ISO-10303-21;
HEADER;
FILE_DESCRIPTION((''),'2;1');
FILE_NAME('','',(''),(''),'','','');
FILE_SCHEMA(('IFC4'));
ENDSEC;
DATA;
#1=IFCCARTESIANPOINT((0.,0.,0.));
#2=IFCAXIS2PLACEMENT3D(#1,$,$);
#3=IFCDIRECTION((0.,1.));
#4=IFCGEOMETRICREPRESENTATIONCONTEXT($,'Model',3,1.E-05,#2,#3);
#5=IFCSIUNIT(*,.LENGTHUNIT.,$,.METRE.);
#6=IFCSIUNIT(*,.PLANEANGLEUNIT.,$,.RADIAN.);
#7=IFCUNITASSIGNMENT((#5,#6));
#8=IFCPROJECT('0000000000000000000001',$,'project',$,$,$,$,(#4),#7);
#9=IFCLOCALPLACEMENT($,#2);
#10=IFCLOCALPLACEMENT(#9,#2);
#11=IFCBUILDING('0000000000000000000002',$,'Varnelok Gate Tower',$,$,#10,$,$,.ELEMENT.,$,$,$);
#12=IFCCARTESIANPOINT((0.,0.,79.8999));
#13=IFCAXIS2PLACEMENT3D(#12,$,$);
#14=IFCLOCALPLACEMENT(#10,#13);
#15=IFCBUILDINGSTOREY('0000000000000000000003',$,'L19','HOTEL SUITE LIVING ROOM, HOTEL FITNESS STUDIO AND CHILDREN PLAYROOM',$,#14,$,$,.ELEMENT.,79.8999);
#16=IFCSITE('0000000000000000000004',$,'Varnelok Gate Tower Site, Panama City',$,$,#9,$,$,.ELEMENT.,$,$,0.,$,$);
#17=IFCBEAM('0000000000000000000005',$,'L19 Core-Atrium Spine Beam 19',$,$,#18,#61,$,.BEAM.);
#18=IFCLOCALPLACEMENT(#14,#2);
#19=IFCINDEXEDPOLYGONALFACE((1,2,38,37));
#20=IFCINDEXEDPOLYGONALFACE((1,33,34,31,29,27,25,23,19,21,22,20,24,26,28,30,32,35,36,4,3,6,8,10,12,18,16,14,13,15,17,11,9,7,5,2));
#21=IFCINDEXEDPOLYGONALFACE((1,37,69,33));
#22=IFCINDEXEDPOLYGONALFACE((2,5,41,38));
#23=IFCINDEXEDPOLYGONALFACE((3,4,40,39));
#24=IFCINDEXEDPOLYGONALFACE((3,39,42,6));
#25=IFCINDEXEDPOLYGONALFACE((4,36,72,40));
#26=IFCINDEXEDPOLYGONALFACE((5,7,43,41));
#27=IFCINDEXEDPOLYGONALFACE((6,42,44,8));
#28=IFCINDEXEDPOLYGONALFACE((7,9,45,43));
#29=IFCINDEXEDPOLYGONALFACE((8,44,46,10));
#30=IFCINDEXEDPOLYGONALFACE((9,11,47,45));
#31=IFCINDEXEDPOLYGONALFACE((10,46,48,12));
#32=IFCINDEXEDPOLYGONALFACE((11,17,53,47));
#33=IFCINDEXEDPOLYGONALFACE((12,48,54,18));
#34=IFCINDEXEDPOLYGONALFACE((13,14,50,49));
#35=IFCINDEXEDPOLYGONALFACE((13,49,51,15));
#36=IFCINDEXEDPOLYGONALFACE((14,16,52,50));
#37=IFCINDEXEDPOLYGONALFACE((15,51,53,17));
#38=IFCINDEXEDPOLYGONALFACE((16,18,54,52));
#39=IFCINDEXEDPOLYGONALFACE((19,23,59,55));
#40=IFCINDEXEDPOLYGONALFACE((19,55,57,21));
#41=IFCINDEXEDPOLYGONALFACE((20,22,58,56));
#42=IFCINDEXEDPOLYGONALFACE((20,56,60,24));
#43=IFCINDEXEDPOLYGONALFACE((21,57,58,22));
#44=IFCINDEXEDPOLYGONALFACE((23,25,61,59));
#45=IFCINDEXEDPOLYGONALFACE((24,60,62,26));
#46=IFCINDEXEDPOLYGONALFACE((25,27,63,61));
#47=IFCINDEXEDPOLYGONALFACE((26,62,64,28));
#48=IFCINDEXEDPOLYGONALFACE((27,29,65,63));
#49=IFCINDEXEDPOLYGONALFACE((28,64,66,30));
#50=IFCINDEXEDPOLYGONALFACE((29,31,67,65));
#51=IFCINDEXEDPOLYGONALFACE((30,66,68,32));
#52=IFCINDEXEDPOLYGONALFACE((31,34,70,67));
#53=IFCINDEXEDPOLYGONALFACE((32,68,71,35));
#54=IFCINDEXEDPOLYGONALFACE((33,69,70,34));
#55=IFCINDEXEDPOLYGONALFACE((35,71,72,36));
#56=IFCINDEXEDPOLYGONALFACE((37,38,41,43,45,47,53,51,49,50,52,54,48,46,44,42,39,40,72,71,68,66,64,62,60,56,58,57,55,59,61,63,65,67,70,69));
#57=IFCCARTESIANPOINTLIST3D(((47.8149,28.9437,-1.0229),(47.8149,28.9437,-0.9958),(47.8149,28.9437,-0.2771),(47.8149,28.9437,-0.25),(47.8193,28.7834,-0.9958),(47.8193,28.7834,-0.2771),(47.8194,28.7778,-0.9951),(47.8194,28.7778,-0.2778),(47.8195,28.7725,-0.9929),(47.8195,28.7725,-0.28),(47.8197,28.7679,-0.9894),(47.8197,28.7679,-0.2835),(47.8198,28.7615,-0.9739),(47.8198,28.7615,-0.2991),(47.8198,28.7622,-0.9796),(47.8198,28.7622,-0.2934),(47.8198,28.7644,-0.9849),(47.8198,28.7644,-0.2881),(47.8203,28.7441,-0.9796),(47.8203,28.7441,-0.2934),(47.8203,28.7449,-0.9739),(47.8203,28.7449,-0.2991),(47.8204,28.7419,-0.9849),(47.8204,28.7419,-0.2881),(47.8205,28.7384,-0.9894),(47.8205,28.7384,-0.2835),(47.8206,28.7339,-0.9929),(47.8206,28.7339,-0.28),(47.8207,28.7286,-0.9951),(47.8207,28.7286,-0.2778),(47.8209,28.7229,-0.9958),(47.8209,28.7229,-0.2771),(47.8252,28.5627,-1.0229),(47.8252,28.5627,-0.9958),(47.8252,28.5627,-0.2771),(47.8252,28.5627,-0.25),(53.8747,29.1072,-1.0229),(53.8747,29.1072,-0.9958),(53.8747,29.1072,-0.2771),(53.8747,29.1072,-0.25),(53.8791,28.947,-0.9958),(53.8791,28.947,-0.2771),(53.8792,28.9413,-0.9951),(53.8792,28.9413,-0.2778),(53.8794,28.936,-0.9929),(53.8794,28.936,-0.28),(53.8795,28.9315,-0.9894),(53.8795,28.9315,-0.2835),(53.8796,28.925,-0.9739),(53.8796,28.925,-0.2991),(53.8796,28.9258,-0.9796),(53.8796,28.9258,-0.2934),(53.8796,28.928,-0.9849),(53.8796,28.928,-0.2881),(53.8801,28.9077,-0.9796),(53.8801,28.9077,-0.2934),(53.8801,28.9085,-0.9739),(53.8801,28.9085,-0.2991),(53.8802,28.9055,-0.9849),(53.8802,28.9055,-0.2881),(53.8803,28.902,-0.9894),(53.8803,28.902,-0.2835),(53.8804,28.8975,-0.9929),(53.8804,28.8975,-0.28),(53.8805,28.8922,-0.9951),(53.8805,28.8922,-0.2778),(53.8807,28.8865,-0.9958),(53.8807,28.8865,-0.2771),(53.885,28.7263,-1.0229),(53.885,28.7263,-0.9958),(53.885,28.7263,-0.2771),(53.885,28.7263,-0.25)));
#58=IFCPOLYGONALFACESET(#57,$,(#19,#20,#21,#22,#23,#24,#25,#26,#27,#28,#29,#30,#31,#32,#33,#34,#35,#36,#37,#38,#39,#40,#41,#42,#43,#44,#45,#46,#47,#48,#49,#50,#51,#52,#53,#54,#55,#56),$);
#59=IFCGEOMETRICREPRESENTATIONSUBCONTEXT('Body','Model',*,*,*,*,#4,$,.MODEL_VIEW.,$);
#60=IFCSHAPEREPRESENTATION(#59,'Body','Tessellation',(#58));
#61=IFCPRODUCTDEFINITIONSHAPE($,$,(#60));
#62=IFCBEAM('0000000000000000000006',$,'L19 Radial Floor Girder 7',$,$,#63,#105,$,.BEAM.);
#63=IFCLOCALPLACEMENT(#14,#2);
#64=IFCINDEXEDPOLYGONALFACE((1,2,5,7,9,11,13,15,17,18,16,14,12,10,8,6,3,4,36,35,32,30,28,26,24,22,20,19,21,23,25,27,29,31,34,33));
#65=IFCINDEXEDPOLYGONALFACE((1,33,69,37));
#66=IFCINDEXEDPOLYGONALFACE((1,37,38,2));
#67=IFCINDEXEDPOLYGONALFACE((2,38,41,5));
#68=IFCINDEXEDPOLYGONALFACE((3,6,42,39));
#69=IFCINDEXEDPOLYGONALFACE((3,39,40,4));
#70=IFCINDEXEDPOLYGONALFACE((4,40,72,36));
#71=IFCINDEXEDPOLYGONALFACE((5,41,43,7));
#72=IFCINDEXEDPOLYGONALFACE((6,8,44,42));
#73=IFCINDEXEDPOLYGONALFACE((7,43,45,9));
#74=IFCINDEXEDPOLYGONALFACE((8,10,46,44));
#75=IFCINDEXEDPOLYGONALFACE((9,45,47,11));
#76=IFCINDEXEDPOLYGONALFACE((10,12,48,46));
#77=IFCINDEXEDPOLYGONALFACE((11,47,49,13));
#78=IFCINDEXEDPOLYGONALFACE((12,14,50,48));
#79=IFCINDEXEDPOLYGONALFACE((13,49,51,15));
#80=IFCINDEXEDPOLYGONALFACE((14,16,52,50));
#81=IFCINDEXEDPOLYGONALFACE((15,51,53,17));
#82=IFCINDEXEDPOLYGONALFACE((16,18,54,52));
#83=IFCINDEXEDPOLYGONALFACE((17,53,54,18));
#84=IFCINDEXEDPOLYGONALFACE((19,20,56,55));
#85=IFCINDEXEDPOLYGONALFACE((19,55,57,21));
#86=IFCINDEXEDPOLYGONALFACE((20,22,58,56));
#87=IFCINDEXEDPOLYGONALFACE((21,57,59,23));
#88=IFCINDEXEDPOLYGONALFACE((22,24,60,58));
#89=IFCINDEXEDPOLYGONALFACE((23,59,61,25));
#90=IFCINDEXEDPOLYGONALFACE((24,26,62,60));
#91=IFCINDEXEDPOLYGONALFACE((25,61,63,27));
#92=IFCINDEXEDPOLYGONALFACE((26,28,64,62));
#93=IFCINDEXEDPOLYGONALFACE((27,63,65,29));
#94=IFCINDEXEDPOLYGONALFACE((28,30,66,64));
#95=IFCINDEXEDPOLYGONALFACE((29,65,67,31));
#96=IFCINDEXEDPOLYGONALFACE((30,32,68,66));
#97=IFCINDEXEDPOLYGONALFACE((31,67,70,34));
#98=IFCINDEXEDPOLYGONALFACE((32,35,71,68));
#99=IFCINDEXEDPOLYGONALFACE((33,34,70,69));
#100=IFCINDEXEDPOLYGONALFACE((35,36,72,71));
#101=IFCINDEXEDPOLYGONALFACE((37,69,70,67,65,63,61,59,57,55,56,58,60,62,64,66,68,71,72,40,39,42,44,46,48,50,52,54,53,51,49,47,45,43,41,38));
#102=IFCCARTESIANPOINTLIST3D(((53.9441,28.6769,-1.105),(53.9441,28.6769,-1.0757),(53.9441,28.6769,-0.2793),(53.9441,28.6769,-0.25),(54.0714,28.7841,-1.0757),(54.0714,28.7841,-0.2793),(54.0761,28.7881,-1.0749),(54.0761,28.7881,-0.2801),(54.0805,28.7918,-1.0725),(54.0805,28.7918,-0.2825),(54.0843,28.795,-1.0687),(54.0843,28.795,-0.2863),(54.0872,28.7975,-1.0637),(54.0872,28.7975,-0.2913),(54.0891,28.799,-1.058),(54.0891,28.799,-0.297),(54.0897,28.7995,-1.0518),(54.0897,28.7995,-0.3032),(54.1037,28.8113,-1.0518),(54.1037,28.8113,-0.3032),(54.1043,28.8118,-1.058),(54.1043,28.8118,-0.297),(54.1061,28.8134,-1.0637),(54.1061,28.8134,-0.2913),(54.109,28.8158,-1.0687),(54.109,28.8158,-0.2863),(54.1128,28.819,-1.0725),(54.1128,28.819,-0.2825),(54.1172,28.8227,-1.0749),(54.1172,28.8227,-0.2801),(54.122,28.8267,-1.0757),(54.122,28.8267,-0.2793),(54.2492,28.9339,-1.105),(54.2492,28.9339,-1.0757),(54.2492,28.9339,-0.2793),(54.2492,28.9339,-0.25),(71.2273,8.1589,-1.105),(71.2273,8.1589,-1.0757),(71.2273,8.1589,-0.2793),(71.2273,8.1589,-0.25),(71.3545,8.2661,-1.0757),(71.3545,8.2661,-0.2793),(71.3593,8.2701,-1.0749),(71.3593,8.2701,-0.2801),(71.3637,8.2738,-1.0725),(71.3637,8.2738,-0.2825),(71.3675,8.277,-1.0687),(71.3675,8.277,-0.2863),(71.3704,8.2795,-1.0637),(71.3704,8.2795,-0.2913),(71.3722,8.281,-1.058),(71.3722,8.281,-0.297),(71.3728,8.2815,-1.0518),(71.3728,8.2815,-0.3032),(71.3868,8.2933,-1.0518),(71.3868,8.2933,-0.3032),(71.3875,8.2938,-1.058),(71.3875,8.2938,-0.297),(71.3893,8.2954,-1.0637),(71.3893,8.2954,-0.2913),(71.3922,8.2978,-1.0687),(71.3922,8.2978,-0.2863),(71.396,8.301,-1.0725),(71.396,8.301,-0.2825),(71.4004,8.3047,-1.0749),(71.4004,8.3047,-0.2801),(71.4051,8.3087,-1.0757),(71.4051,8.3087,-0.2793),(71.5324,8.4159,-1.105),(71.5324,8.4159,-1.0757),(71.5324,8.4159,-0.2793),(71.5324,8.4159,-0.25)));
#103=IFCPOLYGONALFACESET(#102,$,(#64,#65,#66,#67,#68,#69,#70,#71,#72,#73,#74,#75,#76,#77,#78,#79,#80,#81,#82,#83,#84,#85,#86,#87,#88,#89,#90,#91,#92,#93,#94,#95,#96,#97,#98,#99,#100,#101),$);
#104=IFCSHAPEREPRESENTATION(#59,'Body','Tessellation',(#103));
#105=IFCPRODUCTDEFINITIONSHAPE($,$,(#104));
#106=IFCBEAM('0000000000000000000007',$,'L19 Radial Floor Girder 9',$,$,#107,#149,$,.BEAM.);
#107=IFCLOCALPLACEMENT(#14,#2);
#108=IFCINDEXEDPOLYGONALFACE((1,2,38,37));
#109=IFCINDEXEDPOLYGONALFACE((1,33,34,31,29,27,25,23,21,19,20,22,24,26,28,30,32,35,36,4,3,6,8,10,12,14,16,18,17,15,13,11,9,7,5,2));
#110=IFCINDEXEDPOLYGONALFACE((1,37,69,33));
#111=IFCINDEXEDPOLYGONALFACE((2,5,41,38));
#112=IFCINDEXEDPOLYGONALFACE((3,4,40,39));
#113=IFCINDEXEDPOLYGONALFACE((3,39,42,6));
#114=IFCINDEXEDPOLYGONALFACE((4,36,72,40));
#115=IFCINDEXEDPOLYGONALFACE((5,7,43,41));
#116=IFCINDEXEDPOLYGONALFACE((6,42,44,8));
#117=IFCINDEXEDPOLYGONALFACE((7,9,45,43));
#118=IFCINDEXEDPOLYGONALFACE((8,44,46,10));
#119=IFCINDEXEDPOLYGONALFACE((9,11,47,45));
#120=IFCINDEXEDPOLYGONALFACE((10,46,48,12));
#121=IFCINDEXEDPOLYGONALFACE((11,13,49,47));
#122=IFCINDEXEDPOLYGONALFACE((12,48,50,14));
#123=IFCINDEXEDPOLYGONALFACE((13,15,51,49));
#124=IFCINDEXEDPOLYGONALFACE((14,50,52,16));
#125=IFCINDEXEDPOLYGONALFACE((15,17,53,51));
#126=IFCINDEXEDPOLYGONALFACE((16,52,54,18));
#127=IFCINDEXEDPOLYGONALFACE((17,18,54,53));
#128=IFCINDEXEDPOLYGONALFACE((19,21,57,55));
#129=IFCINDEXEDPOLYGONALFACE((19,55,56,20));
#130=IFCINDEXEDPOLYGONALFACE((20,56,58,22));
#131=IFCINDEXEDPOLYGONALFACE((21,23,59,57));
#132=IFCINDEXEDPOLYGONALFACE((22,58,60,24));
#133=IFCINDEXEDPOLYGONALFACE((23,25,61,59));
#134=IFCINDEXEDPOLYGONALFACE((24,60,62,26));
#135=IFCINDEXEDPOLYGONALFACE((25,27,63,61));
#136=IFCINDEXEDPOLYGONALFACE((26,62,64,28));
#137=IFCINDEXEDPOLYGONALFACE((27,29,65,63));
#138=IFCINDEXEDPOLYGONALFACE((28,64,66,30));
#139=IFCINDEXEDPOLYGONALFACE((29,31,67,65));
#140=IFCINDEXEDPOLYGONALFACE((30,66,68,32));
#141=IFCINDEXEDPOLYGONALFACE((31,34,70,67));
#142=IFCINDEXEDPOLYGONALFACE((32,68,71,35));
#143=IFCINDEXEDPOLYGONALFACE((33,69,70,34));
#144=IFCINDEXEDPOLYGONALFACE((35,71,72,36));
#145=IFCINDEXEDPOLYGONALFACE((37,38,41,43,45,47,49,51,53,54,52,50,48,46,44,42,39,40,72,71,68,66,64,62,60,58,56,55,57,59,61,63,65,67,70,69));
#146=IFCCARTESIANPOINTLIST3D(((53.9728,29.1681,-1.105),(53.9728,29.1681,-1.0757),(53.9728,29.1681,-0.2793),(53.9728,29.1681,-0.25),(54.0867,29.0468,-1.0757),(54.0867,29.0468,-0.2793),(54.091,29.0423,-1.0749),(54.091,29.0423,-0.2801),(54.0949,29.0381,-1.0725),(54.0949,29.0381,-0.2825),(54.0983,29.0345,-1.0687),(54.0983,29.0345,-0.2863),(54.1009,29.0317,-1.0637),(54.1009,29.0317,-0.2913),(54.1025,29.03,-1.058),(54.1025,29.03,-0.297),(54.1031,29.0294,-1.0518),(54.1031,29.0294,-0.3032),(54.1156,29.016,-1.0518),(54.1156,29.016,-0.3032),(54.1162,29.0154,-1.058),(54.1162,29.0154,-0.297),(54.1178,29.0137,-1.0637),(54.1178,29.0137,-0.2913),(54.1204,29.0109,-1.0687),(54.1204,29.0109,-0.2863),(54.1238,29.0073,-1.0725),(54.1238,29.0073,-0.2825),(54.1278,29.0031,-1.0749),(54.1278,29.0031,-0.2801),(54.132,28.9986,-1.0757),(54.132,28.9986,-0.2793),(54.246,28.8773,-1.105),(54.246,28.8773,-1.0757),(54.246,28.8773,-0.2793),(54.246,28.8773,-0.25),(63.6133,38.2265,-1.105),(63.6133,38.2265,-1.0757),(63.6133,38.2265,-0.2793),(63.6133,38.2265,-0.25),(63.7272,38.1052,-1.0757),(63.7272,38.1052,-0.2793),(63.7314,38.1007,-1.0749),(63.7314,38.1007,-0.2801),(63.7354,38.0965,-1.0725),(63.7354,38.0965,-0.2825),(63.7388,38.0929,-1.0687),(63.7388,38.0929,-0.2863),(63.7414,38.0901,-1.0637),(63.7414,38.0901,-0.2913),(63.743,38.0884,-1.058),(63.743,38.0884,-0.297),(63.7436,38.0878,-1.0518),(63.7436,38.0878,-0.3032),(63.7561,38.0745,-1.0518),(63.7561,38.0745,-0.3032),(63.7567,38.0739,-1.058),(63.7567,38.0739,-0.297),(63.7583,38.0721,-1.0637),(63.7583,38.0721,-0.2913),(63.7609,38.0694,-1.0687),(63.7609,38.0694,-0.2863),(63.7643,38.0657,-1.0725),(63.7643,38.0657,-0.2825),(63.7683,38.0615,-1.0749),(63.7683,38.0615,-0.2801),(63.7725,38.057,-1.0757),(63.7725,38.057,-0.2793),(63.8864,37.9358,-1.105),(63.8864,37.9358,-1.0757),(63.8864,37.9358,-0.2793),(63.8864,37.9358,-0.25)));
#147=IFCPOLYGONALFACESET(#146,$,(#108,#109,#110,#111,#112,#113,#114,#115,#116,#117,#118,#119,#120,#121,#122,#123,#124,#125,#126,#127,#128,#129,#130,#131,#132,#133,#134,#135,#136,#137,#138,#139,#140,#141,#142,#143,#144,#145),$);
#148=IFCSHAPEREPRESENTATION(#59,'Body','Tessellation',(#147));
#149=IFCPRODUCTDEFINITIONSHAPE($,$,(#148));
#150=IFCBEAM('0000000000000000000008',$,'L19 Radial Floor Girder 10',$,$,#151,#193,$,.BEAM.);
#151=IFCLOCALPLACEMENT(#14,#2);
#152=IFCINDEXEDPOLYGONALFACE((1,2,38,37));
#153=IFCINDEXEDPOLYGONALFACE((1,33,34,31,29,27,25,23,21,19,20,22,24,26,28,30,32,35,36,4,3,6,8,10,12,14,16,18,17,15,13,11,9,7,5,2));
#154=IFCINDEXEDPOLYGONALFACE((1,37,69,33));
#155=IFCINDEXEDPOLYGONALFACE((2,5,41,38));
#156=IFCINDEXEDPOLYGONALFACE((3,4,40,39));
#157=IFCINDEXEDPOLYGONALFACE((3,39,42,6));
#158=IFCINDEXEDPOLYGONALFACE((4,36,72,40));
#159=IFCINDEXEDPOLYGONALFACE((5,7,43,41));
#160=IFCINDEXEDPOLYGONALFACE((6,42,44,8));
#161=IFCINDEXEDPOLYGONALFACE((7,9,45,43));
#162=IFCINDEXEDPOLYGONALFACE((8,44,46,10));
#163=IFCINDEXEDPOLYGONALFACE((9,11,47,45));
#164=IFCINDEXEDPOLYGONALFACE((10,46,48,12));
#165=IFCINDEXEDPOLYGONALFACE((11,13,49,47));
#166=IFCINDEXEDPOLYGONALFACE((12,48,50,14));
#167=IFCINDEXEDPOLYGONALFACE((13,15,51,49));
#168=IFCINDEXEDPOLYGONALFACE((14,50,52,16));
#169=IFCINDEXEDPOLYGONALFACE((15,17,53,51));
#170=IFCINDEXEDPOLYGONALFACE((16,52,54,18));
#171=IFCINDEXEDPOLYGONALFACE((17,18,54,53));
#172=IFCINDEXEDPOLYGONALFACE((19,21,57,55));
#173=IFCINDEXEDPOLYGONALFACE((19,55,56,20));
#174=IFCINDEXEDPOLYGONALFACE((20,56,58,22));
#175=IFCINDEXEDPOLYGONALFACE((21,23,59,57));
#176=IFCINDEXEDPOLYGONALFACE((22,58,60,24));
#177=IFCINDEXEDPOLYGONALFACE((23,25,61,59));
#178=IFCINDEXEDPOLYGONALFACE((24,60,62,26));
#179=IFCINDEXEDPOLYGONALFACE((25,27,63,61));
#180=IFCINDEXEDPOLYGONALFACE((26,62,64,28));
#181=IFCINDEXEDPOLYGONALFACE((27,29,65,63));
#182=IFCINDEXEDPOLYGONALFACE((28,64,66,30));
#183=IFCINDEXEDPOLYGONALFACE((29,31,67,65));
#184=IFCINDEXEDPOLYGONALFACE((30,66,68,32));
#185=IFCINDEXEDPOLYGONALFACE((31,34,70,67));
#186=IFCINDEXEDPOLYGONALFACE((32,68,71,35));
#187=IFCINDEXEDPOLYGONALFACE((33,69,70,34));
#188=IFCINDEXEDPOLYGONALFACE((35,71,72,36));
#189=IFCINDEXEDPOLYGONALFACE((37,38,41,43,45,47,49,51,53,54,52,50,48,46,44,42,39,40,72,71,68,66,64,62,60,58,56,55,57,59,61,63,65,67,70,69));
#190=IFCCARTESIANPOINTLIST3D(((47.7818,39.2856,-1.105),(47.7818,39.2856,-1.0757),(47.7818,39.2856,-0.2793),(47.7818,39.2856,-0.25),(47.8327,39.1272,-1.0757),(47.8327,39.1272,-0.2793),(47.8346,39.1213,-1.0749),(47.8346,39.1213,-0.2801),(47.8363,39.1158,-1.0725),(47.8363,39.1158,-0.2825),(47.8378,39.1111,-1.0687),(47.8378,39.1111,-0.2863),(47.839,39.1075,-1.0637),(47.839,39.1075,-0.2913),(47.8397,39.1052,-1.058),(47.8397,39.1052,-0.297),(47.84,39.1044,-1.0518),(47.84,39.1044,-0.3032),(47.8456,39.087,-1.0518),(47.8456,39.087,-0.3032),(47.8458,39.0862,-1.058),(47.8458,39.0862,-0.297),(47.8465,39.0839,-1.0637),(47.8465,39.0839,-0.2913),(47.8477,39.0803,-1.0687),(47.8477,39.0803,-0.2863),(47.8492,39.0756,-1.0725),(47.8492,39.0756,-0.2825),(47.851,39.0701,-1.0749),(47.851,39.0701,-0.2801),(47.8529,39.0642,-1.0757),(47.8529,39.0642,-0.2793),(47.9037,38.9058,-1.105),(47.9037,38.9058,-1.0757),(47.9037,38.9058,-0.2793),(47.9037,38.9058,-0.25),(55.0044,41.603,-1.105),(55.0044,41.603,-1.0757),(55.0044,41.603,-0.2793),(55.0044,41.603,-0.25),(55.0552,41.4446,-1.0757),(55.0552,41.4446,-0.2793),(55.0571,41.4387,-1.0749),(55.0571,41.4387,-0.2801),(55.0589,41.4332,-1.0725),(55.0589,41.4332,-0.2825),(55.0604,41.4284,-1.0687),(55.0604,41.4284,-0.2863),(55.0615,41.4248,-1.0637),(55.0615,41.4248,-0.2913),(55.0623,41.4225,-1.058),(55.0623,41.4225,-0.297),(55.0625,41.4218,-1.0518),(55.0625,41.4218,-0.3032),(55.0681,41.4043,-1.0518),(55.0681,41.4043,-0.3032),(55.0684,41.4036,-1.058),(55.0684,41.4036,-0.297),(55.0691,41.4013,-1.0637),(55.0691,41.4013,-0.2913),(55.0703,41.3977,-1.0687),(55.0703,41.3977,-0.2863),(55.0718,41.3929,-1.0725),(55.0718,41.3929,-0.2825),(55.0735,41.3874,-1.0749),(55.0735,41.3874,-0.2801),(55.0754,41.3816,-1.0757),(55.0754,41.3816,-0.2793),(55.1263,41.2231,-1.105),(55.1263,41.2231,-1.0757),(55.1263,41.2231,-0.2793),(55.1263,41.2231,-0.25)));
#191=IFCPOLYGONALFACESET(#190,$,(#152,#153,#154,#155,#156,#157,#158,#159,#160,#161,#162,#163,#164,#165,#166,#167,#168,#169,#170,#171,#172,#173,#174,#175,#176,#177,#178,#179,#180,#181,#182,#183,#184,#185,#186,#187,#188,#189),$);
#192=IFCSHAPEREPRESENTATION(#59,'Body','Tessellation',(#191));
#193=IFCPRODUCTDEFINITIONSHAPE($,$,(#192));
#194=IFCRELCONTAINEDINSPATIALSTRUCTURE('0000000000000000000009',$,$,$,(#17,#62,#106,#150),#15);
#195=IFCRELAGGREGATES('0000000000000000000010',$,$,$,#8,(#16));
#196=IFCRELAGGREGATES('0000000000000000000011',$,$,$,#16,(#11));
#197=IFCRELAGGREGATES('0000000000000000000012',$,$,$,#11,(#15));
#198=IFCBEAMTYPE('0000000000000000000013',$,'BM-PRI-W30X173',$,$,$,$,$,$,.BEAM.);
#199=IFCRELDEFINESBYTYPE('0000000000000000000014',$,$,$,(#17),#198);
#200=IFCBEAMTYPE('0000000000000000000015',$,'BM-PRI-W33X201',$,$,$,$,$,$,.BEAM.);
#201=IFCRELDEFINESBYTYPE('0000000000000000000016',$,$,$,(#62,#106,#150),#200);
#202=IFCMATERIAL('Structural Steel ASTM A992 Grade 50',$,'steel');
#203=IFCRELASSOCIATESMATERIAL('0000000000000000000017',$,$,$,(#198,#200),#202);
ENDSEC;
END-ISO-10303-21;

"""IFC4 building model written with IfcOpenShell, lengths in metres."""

from ifc_helpers import new_model, si_unit, direction, frame, origin, origin_2d, place, context, subcontext, project, spatial, i_section, extrude, material, material_profile, profile_set, type_object, element, save


model = new_model("IFC4")

# Units and contexts
model_context = context("Model", 3, precision=1e-05, world=origin(), true_north=direction((0.0, 1.0)))
body_context = subcontext(model_context, "Body", "Model", "MODEL_VIEW")
ifc_project = project(units=[si_unit("LENGTHUNIT", "METRE"), si_unit("PLANEANGLEUNIT", "RADIAN")], contexts=[model_context])

# Site, building, storey
site_placement = place(None, origin())
site = spatial("IfcSite", under=ifc_project, at=site_placement, Name="Varnelok Gate Tower Site, Panama City", CompositionType="ELEMENT", RefElevation=0.0)
building_placement = place(site_placement, origin())
building = spatial("IfcBuilding", under=site, at=building_placement, Name="Varnelok Gate Tower", CompositionType="ELEMENT")
storey_placement = place(building_placement, frame((0.0, 0.0, 79.8999)))
storey = spatial("IfcBuildingStorey", under=building, at=storey_placement, Name="L19", Description="HOTEL SUITE LIVING ROOM, HOTEL FITNESS STUDIO AND CHILDREN PLAYROOM", CompositionType="ELEMENT", Elevation=79.8999)

# Shared definitions
ifc_material_1 = material(Name="Structural Steel ASTM A992 Grade 50", Category="steel")

# Beams
ifc_material_profile_1 = material_profile(ifc_material_1, i_section(OverallWidth=0.3811, OverallDepth=0.7729, WebThickness=0.0166, FlangeThickness=0.0271, FilletRadius=0.022, at=origin_2d()), Name="W30X173")
ifc_profile_set_1 = profile_set([ifc_material_profile_1], Name="Structural Steel ASTM A992 Grade 50")
beam_type_1 = type_object("IfcBeamType", Name="BM-PRI-W30X173", PredefinedType="BEAM", material=ifc_profile_set_1)
beam_1_placement = place(storey_placement, frame((47.8201, 28.7532, -0.6365), z_axis=(0.999636, 0.026983, 0.0), x_axis=(-0.026983, 0.999636, 0.0)))
element("IfcBeam", 1, at=beam_1_placement, inside=storey, type_object=beam_type_1, Name="L19 Core-Atrium Spine Beam 19", PredefinedType="BEAM", context=body_context, shape_type="SweptSolid", body=[
    extrude(i_section(OverallWidth=0.3811, OverallDepth=0.7729, WebThickness=0.0166, FlangeThickness=0.0271, FilletRadius=0.022, at=origin_2d()), origin(), (0.0, 0.0, 1.0), 6.062),
])
ifc_material_profile_2 = material_profile(ifc_material_1, i_section(OverallWidth=0.3989, OverallDepth=0.855, WebThickness=0.0183, FlangeThickness=0.0293, FilletRadius=0.0239, at=origin_2d()), Name="W33X201")
ifc_profile_set_2 = profile_set([ifc_material_profile_2], Name="Structural Steel ASTM A992 Grade 50")
beam_type_2 = type_object("IfcBeamType", Name="BM-PRI-W33X201", PredefinedType="BEAM", material=ifc_profile_set_2)
beam_2_placement = place(storey_placement, frame((54.0967, 28.8054, -0.6775), z_axis=(0.644241, -0.764822, 0.0), x_axis=(0.764822, 0.644241, 0.0)))
element("IfcBeam", 2, at=beam_2_placement, inside=storey, type_object=beam_type_2, Name="L19 Radial Floor Girder 7", PredefinedType="BEAM", context=body_context, shape_type="SweptSolid", body=[
    extrude(i_section(OverallWidth=0.3989, OverallDepth=0.855, WebThickness=0.0183, FlangeThickness=0.0293, FilletRadius=0.0239, at=origin_2d()), origin(), (0.0, 0.0, 1.0), 26.8271),
])
beam_3_placement = place(storey_placement, frame((54.1094, 29.0227, -0.6775), z_axis=(0.728764, 0.684765, 0.0), x_axis=(-0.684765, 0.728764, 0.0)))
element("IfcBeam", 3, at=beam_3_placement, inside=storey, type_object=beam_type_2, Name="L19 Radial Floor Girder 9", PredefinedType="BEAM", context=body_context, shape_type="SweptSolid", body=[
    extrude(i_section(OverallWidth=0.3989, OverallDepth=0.855, WebThickness=0.0183, FlangeThickness=0.0293, FilletRadius=0.0239, at=origin_2d()), origin(), (0.0, 0.0, 1.0), 13.2285),
])
beam_4_placement = place(storey_placement, frame((47.8428, 39.0957, -0.6775), z_axis=(0.952189, 0.305509, 0.0), x_axis=(-0.305509, 0.952189, 0.0)))
element("IfcBeam", 4, at=beam_4_placement, inside=storey, type_object=beam_type_2, Name="L19 Radial Floor Girder 10", PredefinedType="BEAM", context=body_context, shape_type="SweptSolid", body=[
    extrude(i_section(OverallWidth=0.3989, OverallDepth=0.855, WebThickness=0.0183, FlangeThickness=0.0293, FilletRadius=0.0239, at=origin_2d()), origin(), (0.0, 0.0, 1.0), 7.5852),
])

save(model, "model.ifc")
